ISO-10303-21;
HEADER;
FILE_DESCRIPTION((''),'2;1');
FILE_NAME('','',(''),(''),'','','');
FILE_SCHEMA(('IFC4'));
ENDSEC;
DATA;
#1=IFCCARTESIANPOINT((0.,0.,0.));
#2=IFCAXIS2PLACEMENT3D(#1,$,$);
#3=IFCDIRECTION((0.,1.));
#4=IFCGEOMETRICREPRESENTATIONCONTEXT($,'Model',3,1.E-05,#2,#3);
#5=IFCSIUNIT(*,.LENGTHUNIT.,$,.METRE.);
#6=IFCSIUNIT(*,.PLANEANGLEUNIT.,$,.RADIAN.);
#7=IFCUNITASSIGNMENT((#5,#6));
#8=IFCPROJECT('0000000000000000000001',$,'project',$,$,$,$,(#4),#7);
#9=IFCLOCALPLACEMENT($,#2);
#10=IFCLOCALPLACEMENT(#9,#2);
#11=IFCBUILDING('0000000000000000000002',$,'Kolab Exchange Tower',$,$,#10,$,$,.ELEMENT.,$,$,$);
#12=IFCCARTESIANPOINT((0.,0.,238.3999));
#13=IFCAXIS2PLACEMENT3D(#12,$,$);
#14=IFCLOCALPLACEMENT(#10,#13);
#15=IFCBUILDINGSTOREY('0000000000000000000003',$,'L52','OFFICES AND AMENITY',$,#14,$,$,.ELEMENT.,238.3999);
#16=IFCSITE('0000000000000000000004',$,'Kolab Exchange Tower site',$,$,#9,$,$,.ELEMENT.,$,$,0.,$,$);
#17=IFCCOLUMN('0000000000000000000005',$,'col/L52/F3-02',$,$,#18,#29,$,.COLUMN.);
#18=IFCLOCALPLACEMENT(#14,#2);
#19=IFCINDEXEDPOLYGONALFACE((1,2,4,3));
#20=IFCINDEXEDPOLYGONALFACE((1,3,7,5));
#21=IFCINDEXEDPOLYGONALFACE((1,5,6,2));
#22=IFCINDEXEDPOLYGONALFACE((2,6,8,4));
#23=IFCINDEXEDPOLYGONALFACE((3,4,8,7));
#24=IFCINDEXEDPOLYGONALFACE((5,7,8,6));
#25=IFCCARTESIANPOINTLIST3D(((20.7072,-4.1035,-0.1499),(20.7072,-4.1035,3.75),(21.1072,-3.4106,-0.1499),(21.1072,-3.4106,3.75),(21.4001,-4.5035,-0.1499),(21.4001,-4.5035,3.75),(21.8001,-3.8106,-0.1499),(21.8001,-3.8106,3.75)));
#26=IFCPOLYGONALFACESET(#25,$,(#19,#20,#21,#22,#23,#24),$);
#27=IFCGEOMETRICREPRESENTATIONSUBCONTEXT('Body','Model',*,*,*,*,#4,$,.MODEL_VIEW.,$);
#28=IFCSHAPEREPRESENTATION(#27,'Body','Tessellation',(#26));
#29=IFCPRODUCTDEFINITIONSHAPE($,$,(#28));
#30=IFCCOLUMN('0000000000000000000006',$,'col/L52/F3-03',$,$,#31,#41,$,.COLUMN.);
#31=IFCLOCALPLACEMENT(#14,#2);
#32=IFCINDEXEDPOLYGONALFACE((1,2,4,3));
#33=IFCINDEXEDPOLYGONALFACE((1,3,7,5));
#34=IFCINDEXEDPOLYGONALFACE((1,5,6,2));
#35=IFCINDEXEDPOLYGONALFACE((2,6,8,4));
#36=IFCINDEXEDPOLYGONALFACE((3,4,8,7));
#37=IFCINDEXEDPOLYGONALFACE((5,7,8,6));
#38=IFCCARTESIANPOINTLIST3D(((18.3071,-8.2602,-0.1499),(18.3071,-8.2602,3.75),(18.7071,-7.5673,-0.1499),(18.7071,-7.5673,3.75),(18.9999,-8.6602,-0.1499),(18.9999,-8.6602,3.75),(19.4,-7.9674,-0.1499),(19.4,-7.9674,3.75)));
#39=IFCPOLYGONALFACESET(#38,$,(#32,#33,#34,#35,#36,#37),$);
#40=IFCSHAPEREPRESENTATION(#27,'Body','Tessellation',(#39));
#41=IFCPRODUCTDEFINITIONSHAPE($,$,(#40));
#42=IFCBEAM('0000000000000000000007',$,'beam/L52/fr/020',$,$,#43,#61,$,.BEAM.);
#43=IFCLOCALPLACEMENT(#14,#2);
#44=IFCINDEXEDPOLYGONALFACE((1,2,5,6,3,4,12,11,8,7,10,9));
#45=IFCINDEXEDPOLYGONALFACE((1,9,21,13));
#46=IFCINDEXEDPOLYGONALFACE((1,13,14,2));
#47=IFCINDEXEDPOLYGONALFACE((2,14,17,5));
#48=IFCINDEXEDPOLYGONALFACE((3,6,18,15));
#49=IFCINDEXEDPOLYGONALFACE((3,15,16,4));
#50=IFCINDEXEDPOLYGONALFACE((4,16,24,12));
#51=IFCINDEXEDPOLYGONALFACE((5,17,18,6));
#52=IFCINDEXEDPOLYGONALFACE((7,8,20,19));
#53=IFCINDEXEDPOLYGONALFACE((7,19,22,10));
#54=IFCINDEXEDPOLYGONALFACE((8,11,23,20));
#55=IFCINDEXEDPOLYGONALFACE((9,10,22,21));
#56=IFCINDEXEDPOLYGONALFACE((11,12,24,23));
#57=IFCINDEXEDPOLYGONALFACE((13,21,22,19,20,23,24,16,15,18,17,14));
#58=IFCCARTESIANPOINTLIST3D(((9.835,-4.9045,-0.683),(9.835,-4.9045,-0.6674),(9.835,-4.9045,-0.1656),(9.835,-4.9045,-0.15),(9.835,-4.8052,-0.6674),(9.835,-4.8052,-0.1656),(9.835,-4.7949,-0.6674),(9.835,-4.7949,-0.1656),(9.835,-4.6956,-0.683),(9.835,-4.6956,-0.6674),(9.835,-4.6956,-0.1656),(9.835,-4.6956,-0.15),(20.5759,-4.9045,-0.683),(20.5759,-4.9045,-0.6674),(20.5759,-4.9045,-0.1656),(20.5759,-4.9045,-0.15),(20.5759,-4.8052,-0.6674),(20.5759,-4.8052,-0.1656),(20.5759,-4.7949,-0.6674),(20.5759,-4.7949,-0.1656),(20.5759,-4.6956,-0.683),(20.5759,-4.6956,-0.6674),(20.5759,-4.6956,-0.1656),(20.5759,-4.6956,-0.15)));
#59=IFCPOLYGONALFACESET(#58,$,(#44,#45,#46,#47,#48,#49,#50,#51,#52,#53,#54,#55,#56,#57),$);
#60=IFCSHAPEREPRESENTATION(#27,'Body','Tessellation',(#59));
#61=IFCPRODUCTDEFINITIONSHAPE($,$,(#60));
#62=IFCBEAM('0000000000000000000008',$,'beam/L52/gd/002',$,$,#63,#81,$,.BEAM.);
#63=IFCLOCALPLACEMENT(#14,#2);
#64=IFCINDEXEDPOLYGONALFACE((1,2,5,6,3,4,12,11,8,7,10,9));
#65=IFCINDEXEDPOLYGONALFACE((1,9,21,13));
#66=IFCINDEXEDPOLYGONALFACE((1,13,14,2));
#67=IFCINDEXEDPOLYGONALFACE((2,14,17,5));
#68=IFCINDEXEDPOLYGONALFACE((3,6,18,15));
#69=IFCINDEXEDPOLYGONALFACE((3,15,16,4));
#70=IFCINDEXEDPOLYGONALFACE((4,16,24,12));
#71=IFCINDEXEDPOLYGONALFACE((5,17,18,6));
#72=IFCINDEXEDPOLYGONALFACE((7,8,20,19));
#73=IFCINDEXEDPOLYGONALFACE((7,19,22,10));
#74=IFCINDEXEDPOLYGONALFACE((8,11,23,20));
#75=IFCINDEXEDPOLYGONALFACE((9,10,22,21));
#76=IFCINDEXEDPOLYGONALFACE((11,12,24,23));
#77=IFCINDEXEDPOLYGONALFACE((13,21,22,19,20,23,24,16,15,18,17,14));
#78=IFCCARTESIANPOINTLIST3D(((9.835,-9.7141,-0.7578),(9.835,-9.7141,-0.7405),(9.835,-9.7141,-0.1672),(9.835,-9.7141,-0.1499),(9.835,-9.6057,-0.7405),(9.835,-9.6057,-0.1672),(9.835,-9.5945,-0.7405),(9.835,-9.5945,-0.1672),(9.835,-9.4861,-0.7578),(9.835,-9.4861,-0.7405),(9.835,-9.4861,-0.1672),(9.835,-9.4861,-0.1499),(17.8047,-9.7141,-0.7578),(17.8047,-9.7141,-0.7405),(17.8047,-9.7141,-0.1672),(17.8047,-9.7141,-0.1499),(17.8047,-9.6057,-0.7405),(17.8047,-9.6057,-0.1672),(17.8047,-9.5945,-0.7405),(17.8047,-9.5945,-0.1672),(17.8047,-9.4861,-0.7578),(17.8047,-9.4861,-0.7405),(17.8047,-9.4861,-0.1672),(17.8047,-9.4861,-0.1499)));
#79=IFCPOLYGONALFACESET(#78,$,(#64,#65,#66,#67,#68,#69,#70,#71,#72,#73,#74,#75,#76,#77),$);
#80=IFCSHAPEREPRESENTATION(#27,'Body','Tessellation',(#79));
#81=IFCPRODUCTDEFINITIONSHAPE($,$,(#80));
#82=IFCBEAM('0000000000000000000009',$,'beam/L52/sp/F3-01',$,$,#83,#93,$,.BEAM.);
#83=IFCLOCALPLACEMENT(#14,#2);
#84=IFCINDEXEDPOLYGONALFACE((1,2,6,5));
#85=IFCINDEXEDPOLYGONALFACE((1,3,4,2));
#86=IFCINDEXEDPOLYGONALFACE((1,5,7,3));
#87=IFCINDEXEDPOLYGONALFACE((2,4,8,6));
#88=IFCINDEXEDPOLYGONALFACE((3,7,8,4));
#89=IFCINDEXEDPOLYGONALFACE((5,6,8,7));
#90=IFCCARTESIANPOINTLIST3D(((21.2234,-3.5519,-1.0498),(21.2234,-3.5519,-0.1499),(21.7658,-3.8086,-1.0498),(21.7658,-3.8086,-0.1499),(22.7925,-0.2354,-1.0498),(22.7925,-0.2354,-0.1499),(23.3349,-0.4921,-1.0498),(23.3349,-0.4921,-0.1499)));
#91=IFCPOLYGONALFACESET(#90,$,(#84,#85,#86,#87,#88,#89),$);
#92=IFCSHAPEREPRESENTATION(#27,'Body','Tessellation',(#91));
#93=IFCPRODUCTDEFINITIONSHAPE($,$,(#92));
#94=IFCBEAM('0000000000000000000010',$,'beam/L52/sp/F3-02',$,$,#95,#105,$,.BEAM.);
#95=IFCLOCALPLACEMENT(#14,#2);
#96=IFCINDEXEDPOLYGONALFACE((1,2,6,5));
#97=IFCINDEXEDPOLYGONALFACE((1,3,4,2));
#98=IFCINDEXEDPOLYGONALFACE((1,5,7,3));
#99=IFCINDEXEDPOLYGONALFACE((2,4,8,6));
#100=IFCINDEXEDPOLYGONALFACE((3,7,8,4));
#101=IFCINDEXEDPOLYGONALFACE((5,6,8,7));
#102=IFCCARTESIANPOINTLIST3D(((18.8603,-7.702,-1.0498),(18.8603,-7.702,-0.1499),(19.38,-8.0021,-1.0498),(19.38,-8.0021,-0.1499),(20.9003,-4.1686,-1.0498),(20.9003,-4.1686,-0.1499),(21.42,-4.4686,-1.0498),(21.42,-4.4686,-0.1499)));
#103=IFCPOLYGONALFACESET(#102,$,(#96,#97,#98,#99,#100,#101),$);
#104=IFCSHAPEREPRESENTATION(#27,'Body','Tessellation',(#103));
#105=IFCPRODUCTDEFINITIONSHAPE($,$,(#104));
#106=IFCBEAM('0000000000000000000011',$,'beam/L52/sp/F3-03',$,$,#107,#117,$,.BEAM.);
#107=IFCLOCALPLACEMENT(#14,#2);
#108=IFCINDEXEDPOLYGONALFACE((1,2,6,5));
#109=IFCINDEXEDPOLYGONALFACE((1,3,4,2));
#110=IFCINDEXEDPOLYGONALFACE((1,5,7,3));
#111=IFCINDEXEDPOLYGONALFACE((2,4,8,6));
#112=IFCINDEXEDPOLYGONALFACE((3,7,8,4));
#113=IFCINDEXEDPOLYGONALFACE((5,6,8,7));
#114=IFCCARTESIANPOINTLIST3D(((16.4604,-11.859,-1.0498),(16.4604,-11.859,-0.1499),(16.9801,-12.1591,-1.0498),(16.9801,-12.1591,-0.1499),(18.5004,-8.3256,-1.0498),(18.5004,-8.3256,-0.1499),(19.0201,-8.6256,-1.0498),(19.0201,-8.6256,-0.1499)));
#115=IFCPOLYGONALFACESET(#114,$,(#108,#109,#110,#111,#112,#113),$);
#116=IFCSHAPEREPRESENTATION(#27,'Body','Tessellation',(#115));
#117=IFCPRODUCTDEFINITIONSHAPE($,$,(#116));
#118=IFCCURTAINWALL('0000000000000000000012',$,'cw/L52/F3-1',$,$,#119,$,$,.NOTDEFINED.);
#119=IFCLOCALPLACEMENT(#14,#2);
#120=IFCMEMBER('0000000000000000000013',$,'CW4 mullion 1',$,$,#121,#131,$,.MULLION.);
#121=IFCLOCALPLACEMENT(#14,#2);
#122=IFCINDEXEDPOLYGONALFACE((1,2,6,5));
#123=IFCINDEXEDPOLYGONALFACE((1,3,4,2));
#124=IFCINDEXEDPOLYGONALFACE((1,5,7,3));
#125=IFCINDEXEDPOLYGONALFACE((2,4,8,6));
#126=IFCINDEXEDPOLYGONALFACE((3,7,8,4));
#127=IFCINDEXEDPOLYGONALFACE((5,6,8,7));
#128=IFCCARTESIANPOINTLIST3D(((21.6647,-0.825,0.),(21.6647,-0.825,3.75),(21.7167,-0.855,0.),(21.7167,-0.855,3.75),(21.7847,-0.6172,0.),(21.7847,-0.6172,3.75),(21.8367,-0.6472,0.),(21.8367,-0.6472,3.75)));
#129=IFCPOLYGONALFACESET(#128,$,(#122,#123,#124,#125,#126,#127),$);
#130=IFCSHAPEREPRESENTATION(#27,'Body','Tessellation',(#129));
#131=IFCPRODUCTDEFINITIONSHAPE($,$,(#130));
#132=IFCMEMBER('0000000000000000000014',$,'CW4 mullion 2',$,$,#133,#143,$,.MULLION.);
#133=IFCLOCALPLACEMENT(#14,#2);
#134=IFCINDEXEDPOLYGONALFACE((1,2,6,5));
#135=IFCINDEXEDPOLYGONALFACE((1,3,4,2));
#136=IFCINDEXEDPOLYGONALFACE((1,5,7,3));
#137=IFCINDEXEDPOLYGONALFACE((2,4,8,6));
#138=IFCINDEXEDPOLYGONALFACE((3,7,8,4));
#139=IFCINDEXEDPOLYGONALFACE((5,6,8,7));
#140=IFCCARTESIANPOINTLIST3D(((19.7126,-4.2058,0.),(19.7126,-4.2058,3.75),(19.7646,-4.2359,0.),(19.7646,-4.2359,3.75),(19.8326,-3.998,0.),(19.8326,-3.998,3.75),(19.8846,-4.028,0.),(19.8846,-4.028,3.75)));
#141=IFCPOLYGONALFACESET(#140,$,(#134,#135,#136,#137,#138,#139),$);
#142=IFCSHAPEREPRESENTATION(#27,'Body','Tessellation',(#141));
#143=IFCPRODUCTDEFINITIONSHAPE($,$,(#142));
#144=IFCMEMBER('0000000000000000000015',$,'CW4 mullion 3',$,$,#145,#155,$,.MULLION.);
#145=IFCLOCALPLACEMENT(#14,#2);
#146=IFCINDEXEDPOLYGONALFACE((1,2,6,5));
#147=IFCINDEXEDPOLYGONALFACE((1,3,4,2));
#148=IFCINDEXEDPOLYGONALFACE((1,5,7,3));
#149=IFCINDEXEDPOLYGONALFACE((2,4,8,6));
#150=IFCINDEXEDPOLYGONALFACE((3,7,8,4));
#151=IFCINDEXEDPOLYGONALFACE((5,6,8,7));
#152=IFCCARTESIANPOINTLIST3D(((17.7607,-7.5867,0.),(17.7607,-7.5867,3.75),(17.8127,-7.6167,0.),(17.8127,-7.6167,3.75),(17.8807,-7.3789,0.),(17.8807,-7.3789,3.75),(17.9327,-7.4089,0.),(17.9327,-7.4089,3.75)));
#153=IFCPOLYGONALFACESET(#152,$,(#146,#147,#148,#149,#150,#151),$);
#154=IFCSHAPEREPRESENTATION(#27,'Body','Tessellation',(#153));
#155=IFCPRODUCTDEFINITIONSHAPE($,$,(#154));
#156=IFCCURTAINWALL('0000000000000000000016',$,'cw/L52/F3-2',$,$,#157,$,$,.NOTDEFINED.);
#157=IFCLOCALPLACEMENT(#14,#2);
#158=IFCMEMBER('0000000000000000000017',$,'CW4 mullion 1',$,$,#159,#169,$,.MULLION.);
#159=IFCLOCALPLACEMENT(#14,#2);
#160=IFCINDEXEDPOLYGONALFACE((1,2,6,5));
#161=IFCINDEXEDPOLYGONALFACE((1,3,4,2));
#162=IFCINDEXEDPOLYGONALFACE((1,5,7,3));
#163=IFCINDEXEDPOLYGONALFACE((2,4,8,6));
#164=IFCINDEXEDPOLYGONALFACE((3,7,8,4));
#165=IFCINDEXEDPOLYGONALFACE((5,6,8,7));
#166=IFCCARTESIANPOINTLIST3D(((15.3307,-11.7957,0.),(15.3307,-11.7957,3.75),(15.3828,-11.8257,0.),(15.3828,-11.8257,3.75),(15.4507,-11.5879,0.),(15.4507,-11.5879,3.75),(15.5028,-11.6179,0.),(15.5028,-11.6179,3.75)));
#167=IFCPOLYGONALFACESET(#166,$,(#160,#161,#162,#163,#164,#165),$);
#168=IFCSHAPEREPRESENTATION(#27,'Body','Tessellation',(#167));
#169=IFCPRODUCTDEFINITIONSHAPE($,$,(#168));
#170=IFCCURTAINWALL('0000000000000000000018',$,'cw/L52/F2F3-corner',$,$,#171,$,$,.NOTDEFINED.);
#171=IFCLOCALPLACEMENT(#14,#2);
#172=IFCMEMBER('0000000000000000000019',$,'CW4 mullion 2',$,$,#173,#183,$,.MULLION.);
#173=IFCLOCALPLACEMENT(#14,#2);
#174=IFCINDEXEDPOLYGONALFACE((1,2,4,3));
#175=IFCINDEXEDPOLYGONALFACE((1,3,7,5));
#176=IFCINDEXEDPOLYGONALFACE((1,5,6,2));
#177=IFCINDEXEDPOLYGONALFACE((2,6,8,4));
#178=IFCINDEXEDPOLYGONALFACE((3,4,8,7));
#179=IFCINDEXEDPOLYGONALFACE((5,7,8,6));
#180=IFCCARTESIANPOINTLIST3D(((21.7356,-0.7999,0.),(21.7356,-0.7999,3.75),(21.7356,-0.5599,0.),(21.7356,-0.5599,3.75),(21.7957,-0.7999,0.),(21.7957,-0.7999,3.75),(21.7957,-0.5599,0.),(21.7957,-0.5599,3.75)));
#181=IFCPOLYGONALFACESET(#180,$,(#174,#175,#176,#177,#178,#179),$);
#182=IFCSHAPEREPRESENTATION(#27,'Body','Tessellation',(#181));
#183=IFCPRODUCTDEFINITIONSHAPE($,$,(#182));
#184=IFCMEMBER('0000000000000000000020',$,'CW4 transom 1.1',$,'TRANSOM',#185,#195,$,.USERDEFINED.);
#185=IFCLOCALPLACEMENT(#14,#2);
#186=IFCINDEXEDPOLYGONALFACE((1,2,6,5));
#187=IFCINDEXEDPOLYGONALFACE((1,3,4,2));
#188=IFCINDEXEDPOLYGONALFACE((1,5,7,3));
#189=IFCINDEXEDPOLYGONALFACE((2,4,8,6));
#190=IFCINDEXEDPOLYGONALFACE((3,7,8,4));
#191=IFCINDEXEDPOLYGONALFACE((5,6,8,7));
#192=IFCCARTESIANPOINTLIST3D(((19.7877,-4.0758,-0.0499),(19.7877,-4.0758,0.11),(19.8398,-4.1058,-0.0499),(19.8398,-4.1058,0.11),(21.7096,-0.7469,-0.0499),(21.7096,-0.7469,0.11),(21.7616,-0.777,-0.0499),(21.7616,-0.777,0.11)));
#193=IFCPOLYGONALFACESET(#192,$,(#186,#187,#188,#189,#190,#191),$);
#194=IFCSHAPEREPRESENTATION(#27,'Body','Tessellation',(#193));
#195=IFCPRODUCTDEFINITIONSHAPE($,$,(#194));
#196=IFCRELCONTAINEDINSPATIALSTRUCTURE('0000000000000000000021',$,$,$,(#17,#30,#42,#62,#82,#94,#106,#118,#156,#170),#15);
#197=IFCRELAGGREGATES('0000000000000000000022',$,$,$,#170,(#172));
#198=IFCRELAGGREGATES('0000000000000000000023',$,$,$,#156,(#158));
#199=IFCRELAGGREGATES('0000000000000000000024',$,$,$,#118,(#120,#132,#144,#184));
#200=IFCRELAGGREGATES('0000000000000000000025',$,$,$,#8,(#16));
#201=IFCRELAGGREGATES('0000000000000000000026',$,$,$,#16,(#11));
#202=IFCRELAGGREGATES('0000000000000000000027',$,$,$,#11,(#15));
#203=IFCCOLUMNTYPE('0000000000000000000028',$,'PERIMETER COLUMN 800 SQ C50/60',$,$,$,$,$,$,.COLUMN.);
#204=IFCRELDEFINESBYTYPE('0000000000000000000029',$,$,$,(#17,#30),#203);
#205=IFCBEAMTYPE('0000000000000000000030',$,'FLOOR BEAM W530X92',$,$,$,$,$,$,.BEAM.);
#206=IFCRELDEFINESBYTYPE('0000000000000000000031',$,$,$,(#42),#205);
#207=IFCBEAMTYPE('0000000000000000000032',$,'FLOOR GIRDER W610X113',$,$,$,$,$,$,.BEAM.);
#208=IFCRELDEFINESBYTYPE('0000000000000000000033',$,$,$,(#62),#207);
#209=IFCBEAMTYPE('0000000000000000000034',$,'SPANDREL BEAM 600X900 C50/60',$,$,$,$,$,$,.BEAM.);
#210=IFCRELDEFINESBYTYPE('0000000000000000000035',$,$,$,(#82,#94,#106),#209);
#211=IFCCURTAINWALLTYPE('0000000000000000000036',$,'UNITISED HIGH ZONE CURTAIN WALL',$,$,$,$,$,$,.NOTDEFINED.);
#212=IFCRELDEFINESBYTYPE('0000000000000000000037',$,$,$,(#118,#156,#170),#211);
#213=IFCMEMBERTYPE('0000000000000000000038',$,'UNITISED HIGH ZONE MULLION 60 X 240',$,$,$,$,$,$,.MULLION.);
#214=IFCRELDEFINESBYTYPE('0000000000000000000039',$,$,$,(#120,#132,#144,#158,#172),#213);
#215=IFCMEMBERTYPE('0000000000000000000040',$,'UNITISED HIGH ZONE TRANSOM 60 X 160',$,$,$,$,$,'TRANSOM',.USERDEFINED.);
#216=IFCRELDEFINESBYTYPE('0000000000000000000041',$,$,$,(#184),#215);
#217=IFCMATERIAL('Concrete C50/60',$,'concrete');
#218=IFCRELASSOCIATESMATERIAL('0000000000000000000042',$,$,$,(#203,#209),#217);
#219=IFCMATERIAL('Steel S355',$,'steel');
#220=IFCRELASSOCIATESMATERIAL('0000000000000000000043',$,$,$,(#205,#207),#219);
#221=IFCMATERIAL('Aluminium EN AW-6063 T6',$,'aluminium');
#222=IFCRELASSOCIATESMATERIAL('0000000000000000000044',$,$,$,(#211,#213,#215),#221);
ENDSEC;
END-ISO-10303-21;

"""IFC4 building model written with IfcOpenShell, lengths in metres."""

from ifc_helpers import new_model, si_unit, direction, frame, origin, origin_2d, place, context, subcontext, project, spatial, rectangle, i_section, extrude, material, material_profile, profile_set, type_object, element, aggregate, save


model = new_model("IFC4")

# Units and contexts
model_context = context("Model", 3, precision=1e-05, world=origin(), true_north=direction((0.0, 1.0)))
body_context = subcontext(model_context, "Body", "Model", "MODEL_VIEW")
ifc_project = project(units=[si_unit("LENGTHUNIT", "METRE"), si_unit("PLANEANGLEUNIT", "RADIAN")], contexts=[model_context])

# Site, building, storey
site_placement = place(None, origin())
site = spatial("IfcSite", under=ifc_project, at=site_placement, Name="Kolab Exchange Tower site", CompositionType="ELEMENT", RefElevation=0.0)
building_placement = place(site_placement, origin())
building = spatial("IfcBuilding", under=site, at=building_placement, Name="Kolab Exchange Tower", CompositionType="ELEMENT")
storey_placement = place(building_placement, frame((0.0, 0.0, 238.3999)))
storey = spatial("IfcBuildingStorey", under=building, at=storey_placement, Name="L52", Description="OFFICES AND AMENITY", CompositionType="ELEMENT", Elevation=238.3999)

# Columns
ifc_material_1 = material(Name="Concrete C50/60", Category="concrete")
ifc_material_profile_1 = material_profile(ifc_material_1, rectangle(XDim=0.8, YDim=0.8, at=origin_2d()), Name="RC800")
ifc_profile_set_1 = profile_set([ifc_material_profile_1], Name="Concrete C50/60")
column_type = type_object("IfcColumnType", Name="PERIMETER COLUMN 800 SQ C50/60", PredefinedType="COLUMN", material=ifc_profile_set_1)
for number, where, z_axis, x_axis, name in (
    (1, (21.2537, -3.957, -0.1499), (0.0, 0.0, 1.0), (0.5, 0.866025, 0.0), "col/L52/F3-02"),
    (2, (18.8535, -8.1138, -0.1499), (0.0, 0.0, 1.0), (0.5, 0.866025, 0.0), "col/L52/F3-03"),
):
    element("IfcColumn", number, at=place(storey_placement, frame(where, z_axis=z_axis, x_axis=x_axis)), inside=storey, type_object=column_type, Name=name, PredefinedType="COLUMN", context=body_context, shape_type="SweptSolid", body=[
        extrude(rectangle(XDim=0.8, YDim=0.8, at=origin_2d()), origin(), (0.0, 0.0, 1.0), 3.8999),
    ])

# Beams
ifc_material_2 = material(Name="Steel S355", Category="steel")
ifc_material_profile_2 = material_profile(ifc_material_2, i_section(OverallWidth=0.209, OverallDepth=0.533, WebThickness=0.0103, FlangeThickness=0.0156, at=origin_2d()), Name="W530X92")
ifc_profile_set_2 = profile_set([ifc_material_profile_2], Name="Steel S355")
beam_type_1 = type_object("IfcBeamType", Name="FLOOR BEAM W530X92", PredefinedType="BEAM", material=ifc_profile_set_2)
beam_1_placement = place(storey_placement, frame((9.835, -4.8, -0.4165), z_axis=(1.0, 0.0, 0.0), x_axis=(0.0, 1.0, 0.0)))
element("IfcBeam", 3, at=beam_1_placement, inside=storey, type_object=beam_type_1, Name="beam/L52/fr/020", PredefinedType="BEAM", context=body_context, shape_type="SweptSolid", body=[
    extrude(i_section(OverallWidth=0.209, OverallDepth=0.533, WebThickness=0.0103, FlangeThickness=0.0156, at=origin_2d()), origin(), (0.0, 0.0, 1.0), 10.741),
])
ifc_material_profile_3 = material_profile(ifc_material_2, i_section(OverallWidth=0.228, OverallDepth=0.6079, WebThickness=0.0112, FlangeThickness=0.0173, at=origin_2d()), Name="W610X113")
ifc_profile_set_3 = profile_set([ifc_material_profile_3], Name="Steel S355")
beam_type_2 = type_object("IfcBeamType", Name="FLOOR GIRDER W610X113", PredefinedType="BEAM", material=ifc_profile_set_3)
beam_2_placement = place(storey_placement, frame((9.835, -9.6001, -0.4539), z_axis=(1.0, 0.0, 0.0), x_axis=(0.0, 1.0, 0.0)))
element("IfcBeam", 4, at=beam_2_placement, inside=storey, type_object=beam_type_2, Name="beam/L52/gd/002", PredefinedType="BEAM", context=body_context, shape_type="SweptSolid", body=[
    extrude(i_section(OverallWidth=0.228, OverallDepth=0.6079, WebThickness=0.0112, FlangeThickness=0.0173, at=origin_2d()), origin(), (0.0, 0.0, 1.0), 7.9697),
])
ifc_material_profile_4 = material_profile(ifc_material_1, rectangle(XDim=0.6001, YDim=0.8999, at=origin_2d()), Name="RC600X900")
ifc_profile_set_4 = profile_set([ifc_material_profile_4], Name="Concrete C50/60")
beam_type_3 = type_object("IfcBeamType", Name="SPANDREL BEAM 600X900 C50/60", PredefinedType="BEAM", material=ifc_profile_set_4)
beam_3_placement = place(storey_placement, frame((23.0637, -0.3638, -0.5999), z_axis=(-0.427677, -0.903932, 0.0), x_axis=(0.903932, -0.427677, 0.0)))
element("IfcBeam", 5, at=beam_3_placement, inside=storey, type_object=beam_type_3, Name="beam/L52/sp/F3-01", PredefinedType="BEAM", context=body_context, shape_type="SweptSolid", body=[
    extrude(rectangle(XDim=0.6001, YDim=0.8999, at=origin_2d()), origin(), (0.0, 0.0, 1.0), 3.6689),
])
for number, where, z_axis, x_axis, name in (
    (6, (21.1602, -4.3186, -0.5999), (-0.5, -0.866025, 0.0), (0.866025, -0.5, 0.0), "beam/L52/sp/F3-02"),
    (7, (18.7603, -8.4756, -0.5999), (-0.5, -0.866025, 0.0), (0.866025, -0.5, 0.0), "beam/L52/sp/F3-03"),
):
    element("IfcBeam", number, at=place(storey_placement, frame(where, z_axis=z_axis, x_axis=x_axis)), inside=storey, type_object=beam_type_3, Name=name, PredefinedType="BEAM", context=body_context, shape_type="SweptSolid", body=[
        extrude(rectangle(XDim=0.6001, YDim=0.8999, at=origin_2d()), origin(), (0.0, 0.0, 1.0), 4.0801),
    ])

# Curtain wall, members
ifc_material_3 = material(Name="Aluminium EN AW-6063 T6", Category="aluminium")
curtain_wall_type = type_object("IfcCurtainWallType", Name="UNITISED HIGH ZONE CURTAIN WALL", PredefinedType="NOTDEFINED", material=ifc_material_3)
curtain_wall_1_placement = place(storey_placement, origin())
curtain_wall_1 = element("IfcCurtainWall", 8, at=curtain_wall_1_placement, inside=storey, type_object=curtain_wall_type, Name="cw/L52/F3-1", PredefinedType="NOTDEFINED")
ifc_material_profile_5 = material_profile(ifc_material_3, rectangle(XDim=0.0601, YDim=0.24, at=origin_2d()), Name="RECT 60X240")
ifc_profile_set_5 = profile_set([ifc_material_profile_5], Name="Aluminium EN AW-6063 T6")
member_type_1 = type_object("IfcMemberType", Name="UNITISED HIGH ZONE MULLION 60 X 240", PredefinedType="MULLION", material=ifc_profile_set_5)
member_1_placement = place(storey_placement, frame((21.7507, -0.7361, 0.0), z_axis=(0.0, 0.0, 1.0), x_axis=(0.866025, -0.5, 0.0)))
member_1 = element("IfcMember", 9, at=member_1_placement, type_object=member_type_1, Name="CW4 mullion 1", PredefinedType="MULLION", context=body_context, shape_type="SweptSolid", body=[
    extrude(rectangle(XDim=0.0601, YDim=0.24, at=origin_2d()), origin(), (0.0, 0.0, 1.0), 3.75),
])
member_2_placement = place(storey_placement, frame((19.7986, -4.1169, 0.0), z_axis=(0.0, 0.0, 1.0), x_axis=(0.866025, -0.5, 0.0)))
member_2 = element("IfcMember", 10, at=member_2_placement, type_object=member_type_1, Name="CW4 mullion 2", PredefinedType="MULLION", context=body_context, shape_type="SweptSolid", body=[
    extrude(rectangle(XDim=0.0601, YDim=0.24, at=origin_2d()), origin(), (0.0, 0.0, 1.0), 3.75),
])
member_3_placement = place(storey_placement, frame((17.8467, -7.4978, 0.0), z_axis=(0.0, 0.0, 1.0), x_axis=(0.866025, -0.5, 0.0)))
member_3 = element("IfcMember", 11, at=member_3_placement, type_object=member_type_1, Name="CW4 mullion 3", PredefinedType="MULLION", context=body_context, shape_type="SweptSolid", body=[
    extrude(rectangle(XDim=0.0601, YDim=0.24, at=origin_2d()), origin(), (0.0, 0.0, 1.0), 3.75),
])

# Curtain walls, members
curtain_wall_2_placement = place(storey_placement, origin())
curtain_wall_2 = element("IfcCurtainWall", 12, at=curtain_wall_2_placement, inside=storey, type_object=curtain_wall_type, Name="cw/L52/F3-2", PredefinedType="NOTDEFINED")
member_4_placement = place(storey_placement, frame((15.4167, -11.7068, 0.0), z_axis=(0.0, 0.0, 1.0), x_axis=(0.866025, -0.5, 0.0)))
member_4 = element("IfcMember", 13, at=member_4_placement, type_object=member_type_1, Name="CW4 mullion 1", PredefinedType="MULLION", context=body_context, shape_type="SweptSolid", body=[
    extrude(rectangle(XDim=0.0601, YDim=0.24, at=origin_2d()), origin(), (0.0, 0.0, 1.0), 3.75),
])
curtain_wall_3_placement = place(storey_placement, origin())
curtain_wall_3 = element("IfcCurtainWall", 14, at=curtain_wall_3_placement, inside=storey, type_object=curtain_wall_type, Name="cw/L52/F2F3-corner", PredefinedType="NOTDEFINED")
member_5_placement = place(storey_placement, frame((21.7656, -0.6799, 0.0), z_axis=(0.0, 0.0, 1.0), x_axis=(1.0, 0.0, 0.0)))
member_5 = element("IfcMember", 15, at=member_5_placement, type_object=member_type_1, Name="CW4 mullion 2", PredefinedType="MULLION", context=body_context, shape_type="SweptSolid", body=[
    extrude(rectangle(XDim=0.0601, YDim=0.24, at=origin_2d()), origin(), (0.0, 0.0, 1.0), 3.75),
])
aggregate(curtain_wall_3, [member_5])

# Member
ifc_material_profile_6 = material_profile(ifc_material_3, rectangle(XDim=0.0601, YDim=0.1599, at=origin_2d()), Name="RECT 60X160")
ifc_profile_set_6 = profile_set([ifc_material_profile_6], Name="Aluminium EN AW-6063 T6")
member_type_2 = type_object("IfcMemberType", Name="UNITISED HIGH ZONE TRANSOM 60 X 160", ElementType="TRANSOM", PredefinedType="USERDEFINED", material=ifc_profile_set_6)
member_6_placement = place(storey_placement, frame((21.7356, -0.762, 0.03), z_axis=(-0.499992, -0.86603, 0.0), x_axis=(0.86603, -0.499992, 0.0)))
member_6 = element("IfcMember", 16, at=member_6_placement, type_object=member_type_2, Name="CW4 transom 1.1", ObjectType="TRANSOM", PredefinedType="USERDEFINED", context=body_context, shape_type="SweptSolid", body=[
    extrude(rectangle(XDim=0.0601, YDim=0.1599, at=origin_2d()), origin(), (0.0, 0.0, 1.0), 3.8438),
])
aggregate(curtain_wall_2, [member_4])

aggregate(curtain_wall_1, [member_1, member_2, member_3, member_6])

save(model, "model.ifc")
